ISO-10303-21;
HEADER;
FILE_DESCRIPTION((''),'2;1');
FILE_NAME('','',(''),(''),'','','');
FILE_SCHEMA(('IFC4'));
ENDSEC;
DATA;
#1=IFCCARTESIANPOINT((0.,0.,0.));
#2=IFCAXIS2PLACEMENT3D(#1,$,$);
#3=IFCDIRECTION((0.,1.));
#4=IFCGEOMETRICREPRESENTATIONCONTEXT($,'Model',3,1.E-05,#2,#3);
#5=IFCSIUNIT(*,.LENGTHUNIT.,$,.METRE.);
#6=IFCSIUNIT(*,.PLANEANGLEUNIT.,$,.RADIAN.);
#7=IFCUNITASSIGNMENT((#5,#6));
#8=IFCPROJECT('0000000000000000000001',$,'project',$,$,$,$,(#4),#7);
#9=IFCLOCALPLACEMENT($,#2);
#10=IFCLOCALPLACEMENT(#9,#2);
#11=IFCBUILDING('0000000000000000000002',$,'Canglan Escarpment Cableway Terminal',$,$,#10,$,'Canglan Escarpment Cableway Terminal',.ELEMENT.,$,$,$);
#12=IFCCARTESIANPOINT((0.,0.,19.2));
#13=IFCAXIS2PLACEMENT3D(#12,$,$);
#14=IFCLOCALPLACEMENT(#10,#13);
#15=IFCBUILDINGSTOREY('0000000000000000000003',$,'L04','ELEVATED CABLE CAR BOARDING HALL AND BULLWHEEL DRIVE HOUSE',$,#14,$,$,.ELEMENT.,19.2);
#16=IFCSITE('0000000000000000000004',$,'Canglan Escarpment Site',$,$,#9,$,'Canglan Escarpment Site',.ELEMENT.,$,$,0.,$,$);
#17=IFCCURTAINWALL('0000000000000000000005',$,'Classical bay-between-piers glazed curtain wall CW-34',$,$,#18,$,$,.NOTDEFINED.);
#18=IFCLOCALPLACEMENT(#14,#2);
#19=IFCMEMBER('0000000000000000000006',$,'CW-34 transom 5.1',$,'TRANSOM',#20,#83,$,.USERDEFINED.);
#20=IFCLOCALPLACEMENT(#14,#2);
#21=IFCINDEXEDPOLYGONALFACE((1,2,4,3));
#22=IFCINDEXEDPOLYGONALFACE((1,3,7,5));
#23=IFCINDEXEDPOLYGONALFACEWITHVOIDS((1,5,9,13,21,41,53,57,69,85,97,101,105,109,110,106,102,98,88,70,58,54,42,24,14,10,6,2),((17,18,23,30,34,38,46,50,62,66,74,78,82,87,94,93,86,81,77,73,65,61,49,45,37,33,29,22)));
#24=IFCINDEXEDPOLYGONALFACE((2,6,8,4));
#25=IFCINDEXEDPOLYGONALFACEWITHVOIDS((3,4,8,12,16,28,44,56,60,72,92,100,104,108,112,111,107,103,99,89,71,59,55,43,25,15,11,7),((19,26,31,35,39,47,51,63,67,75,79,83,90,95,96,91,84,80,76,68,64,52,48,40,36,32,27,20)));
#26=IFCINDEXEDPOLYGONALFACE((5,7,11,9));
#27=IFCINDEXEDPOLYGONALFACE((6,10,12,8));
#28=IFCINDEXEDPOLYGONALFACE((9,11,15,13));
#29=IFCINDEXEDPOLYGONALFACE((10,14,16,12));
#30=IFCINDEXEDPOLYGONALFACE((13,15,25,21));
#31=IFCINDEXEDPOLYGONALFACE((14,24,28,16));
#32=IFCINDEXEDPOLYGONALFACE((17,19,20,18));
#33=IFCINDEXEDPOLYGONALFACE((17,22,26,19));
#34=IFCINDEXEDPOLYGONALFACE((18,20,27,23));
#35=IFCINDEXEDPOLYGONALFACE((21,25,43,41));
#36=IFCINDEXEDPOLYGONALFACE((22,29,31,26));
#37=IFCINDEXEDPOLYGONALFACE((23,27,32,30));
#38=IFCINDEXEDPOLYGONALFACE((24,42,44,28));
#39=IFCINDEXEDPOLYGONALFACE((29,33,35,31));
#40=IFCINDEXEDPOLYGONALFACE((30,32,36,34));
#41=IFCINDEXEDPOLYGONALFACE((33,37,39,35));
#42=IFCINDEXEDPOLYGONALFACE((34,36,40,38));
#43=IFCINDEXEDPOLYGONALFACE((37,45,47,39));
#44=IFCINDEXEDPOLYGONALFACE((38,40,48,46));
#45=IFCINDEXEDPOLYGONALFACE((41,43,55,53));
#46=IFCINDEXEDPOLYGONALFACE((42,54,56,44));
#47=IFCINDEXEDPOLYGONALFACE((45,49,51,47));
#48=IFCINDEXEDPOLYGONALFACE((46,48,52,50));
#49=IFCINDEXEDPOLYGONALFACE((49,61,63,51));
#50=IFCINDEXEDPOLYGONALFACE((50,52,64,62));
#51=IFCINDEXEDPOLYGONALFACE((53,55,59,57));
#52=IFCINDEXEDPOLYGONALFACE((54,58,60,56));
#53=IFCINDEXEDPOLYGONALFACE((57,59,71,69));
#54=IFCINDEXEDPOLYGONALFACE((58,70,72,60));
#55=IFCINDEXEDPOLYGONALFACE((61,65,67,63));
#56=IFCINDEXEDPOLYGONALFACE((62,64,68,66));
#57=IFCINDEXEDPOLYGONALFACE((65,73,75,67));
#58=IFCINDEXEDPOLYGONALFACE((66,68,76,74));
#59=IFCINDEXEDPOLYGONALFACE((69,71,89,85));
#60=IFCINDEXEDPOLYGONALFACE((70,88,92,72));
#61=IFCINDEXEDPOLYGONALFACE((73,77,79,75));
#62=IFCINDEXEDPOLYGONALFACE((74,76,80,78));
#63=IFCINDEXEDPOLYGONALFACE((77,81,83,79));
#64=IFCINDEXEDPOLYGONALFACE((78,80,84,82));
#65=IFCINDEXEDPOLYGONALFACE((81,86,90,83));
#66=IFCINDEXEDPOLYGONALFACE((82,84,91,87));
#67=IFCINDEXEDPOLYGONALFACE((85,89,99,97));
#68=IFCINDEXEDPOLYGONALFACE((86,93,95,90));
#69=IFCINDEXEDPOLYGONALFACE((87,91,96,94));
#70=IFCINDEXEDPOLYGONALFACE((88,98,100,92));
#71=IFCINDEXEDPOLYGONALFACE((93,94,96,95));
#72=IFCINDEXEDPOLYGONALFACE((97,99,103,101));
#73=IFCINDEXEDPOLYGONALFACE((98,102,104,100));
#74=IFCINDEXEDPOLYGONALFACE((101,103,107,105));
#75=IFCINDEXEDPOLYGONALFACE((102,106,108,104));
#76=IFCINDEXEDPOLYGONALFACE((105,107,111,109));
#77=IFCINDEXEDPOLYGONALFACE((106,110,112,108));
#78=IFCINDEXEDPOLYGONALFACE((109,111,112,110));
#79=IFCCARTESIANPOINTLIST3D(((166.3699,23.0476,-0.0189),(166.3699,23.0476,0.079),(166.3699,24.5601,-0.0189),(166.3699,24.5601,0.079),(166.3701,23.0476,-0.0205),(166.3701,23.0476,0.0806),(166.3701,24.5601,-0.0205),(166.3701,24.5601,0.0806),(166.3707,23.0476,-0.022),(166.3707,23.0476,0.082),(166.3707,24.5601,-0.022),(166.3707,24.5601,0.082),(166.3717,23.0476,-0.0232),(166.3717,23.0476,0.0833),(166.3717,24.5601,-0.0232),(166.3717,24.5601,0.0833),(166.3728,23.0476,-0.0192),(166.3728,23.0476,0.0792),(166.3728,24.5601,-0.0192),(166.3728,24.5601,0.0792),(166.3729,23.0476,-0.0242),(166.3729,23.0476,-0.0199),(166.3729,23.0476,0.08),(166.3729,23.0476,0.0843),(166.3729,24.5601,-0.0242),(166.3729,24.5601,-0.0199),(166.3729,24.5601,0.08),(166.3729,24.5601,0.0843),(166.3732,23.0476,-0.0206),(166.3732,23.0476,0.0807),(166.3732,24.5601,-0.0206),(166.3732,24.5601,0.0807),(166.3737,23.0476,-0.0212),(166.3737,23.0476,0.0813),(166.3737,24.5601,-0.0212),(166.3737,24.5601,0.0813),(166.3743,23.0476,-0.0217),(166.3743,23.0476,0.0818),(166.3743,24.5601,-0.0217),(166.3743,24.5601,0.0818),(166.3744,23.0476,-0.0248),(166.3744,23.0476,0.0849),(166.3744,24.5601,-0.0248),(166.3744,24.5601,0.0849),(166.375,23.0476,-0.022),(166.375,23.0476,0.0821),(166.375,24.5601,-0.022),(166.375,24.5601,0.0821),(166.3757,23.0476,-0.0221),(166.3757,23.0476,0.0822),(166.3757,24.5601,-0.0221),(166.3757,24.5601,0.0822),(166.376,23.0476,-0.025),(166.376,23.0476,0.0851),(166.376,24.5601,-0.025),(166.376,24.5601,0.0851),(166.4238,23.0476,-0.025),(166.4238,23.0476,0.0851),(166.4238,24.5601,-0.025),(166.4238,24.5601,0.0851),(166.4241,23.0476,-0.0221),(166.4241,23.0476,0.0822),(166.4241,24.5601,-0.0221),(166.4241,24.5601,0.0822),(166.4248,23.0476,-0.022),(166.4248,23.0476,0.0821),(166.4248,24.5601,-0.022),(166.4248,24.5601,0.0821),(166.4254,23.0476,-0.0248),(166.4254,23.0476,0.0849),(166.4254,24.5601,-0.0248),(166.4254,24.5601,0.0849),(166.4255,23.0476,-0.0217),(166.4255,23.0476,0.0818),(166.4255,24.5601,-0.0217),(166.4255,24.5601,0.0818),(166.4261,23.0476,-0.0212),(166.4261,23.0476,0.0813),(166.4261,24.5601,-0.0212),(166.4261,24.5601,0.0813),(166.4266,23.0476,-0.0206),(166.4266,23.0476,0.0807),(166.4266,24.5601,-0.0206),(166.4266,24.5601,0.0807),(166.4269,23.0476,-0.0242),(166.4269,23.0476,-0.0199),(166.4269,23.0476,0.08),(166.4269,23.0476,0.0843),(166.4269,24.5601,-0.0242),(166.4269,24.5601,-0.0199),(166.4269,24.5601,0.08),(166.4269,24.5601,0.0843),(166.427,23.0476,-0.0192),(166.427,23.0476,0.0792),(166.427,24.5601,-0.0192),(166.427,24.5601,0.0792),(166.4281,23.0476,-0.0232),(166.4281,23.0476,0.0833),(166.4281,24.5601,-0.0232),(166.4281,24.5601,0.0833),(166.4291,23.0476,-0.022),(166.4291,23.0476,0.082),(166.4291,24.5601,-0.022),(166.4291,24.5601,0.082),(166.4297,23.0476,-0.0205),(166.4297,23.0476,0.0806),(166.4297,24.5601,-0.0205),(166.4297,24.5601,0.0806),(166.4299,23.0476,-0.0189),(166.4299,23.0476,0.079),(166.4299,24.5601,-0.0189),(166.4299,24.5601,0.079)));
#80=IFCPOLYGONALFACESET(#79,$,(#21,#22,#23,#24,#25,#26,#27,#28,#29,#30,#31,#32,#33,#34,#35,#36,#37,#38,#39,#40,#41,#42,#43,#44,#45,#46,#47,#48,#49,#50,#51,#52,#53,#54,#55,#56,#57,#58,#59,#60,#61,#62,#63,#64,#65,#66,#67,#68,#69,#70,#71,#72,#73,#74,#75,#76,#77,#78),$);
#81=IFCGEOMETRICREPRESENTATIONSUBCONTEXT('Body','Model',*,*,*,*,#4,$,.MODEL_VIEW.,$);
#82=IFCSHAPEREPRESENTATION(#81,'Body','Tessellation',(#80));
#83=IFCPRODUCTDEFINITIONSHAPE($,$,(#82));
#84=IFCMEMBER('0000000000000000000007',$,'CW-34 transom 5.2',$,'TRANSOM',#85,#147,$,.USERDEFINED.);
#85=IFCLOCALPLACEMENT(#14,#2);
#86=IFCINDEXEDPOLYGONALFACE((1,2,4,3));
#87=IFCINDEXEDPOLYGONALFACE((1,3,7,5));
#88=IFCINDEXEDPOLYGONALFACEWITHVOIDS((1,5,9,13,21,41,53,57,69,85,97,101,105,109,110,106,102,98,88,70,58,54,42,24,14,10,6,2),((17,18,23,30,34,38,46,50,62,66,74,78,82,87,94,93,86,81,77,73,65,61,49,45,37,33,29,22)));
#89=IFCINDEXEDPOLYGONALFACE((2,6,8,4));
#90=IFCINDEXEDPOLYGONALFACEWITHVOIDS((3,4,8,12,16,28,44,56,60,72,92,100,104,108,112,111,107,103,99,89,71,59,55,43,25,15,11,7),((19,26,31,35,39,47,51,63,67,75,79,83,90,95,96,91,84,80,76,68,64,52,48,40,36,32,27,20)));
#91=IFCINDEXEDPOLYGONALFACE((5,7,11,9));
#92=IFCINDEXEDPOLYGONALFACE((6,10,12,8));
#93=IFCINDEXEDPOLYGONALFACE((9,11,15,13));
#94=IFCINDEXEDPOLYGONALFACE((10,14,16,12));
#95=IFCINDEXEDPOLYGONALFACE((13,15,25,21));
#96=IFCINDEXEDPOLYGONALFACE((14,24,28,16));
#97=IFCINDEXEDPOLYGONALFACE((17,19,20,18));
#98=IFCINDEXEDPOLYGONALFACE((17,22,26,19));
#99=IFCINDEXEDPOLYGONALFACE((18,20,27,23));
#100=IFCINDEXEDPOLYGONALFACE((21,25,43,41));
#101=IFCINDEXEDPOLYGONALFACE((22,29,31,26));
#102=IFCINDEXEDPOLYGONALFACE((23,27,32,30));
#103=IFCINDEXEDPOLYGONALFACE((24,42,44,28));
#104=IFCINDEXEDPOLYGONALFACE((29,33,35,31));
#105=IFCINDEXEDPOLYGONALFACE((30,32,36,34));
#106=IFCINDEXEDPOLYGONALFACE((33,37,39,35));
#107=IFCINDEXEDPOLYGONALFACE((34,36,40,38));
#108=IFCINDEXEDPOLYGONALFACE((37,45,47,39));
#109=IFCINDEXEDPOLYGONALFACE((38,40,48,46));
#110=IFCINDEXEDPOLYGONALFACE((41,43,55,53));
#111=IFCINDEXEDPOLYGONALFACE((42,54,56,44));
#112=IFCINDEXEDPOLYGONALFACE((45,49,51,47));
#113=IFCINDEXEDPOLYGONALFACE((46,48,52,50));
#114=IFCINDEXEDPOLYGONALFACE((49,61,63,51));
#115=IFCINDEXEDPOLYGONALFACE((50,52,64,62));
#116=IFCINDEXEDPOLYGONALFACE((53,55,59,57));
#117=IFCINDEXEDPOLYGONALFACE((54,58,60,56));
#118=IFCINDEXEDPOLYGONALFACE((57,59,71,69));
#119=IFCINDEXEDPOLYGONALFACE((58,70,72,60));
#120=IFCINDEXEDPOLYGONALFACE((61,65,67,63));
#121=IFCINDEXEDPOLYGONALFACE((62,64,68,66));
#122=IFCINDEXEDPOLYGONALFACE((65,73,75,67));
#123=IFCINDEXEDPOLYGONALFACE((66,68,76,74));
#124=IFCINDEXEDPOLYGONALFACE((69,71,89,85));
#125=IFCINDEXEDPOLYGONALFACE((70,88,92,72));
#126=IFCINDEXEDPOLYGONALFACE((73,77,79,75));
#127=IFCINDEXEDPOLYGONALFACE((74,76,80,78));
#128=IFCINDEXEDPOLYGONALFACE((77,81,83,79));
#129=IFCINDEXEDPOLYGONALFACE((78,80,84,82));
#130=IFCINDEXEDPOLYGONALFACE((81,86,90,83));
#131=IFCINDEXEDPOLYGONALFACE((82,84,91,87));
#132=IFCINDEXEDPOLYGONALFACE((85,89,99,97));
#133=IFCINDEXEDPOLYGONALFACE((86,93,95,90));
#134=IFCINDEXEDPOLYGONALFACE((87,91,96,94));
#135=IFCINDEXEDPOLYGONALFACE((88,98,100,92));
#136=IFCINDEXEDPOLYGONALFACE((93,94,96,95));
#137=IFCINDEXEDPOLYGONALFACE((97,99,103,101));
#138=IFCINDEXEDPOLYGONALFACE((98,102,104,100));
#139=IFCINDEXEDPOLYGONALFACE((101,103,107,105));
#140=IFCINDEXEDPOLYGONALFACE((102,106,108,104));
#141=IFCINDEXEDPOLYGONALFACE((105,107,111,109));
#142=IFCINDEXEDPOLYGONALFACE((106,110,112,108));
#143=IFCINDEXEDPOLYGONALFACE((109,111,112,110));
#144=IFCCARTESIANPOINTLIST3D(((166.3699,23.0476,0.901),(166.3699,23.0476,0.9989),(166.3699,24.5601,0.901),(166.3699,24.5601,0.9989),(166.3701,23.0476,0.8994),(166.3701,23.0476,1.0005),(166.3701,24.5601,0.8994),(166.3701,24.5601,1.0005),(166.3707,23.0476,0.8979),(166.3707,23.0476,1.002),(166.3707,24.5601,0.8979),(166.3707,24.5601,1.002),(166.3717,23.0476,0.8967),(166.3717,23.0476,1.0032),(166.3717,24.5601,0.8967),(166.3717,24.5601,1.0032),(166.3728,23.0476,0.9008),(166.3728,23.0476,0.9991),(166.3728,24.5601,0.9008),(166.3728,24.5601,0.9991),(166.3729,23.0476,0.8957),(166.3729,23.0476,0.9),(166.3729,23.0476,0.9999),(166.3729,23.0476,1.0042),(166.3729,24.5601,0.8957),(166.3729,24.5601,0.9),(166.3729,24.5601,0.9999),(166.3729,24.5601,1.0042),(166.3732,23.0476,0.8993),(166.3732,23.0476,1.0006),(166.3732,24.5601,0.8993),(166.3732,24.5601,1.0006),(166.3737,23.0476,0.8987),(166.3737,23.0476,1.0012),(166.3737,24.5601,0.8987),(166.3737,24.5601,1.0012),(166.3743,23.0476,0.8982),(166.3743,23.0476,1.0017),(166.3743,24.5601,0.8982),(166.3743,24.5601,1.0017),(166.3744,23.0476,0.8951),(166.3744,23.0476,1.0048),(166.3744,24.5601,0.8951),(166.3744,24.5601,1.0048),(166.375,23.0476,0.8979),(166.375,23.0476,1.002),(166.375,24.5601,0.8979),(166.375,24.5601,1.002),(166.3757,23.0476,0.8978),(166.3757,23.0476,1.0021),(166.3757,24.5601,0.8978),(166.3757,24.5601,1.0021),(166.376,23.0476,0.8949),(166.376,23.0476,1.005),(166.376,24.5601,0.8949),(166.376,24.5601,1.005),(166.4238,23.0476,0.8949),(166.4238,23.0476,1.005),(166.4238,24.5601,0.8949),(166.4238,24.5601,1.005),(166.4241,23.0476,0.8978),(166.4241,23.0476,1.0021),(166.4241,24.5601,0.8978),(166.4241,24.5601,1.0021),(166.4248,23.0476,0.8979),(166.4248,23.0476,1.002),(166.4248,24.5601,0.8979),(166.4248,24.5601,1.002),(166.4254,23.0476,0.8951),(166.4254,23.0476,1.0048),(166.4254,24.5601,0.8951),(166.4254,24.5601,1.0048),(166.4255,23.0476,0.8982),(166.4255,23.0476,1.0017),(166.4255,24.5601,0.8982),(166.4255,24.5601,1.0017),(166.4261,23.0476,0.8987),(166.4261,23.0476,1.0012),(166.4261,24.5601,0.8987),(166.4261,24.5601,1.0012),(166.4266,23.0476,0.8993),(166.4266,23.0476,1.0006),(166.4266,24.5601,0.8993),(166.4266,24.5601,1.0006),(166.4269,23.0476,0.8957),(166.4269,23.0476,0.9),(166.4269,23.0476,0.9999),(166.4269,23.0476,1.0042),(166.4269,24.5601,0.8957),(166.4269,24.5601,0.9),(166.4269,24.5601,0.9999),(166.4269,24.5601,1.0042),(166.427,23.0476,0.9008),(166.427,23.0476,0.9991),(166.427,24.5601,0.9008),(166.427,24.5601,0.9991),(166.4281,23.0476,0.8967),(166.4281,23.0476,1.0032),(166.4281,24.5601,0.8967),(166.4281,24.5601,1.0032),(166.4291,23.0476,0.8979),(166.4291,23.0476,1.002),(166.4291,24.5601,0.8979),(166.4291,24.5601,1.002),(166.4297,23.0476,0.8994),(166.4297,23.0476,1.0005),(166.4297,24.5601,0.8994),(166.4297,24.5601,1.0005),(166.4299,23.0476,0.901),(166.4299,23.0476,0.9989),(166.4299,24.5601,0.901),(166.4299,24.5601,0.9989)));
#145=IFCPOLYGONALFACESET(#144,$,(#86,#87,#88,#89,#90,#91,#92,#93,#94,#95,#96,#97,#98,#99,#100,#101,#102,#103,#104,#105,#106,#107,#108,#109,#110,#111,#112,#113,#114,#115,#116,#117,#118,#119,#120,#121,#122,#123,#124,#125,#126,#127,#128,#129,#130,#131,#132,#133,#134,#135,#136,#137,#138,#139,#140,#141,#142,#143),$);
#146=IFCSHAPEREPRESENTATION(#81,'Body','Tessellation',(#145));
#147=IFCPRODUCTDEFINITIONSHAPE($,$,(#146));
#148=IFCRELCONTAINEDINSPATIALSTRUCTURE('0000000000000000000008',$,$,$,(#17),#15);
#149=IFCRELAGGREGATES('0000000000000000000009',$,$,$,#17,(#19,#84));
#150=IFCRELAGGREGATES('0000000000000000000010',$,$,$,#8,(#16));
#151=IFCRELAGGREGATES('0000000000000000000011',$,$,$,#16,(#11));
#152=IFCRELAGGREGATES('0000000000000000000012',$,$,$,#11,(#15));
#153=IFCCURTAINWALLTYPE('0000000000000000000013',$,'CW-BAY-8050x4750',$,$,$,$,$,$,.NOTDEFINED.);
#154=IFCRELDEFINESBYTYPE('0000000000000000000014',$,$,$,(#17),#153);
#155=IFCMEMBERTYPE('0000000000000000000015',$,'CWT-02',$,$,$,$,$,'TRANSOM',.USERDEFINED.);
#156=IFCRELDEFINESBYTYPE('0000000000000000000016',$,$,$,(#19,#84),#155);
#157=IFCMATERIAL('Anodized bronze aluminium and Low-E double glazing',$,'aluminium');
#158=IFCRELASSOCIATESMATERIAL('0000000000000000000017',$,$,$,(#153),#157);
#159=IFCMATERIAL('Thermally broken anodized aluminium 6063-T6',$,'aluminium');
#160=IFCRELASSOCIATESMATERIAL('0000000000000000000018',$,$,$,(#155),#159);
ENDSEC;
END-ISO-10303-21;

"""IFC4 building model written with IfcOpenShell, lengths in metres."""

from ifc_helpers import new_model, si_unit, direction, frame, origin, origin_2d, place, context, subcontext, project, spatial, hollow_rectangle, extrude, material, material_profile, profile_set, type_object, element, aggregate, save


model = new_model("IFC4")

# Units and contexts
model_context = context("Model", 3, precision=1e-05, world=origin(), true_north=direction((0.0, 1.0)))
body_context = subcontext(model_context, "Body", "Model", "MODEL_VIEW")
ifc_project = project(units=[si_unit("LENGTHUNIT", "METRE"), si_unit("PLANEANGLEUNIT", "RADIAN")], contexts=[model_context])

# Site, building, storey
site_placement = place(None, origin())
site = spatial("IfcSite", under=ifc_project, at=site_placement, Name="Canglan Escarpment Site", LongName="Canglan Escarpment Site", CompositionType="ELEMENT", RefElevation=0.0)
building_placement = place(site_placement, origin())
building = spatial("IfcBuilding", under=site, at=building_placement, Name="Canglan Escarpment Cableway Terminal", LongName="Canglan Escarpment Cableway Terminal", CompositionType="ELEMENT")
storey_placement = place(building_placement, frame((0.0, 0.0, 19.2)))
storey = spatial("IfcBuildingStorey", under=building, at=storey_placement, Name="L04", Description="ELEVATED CABLE CAR BOARDING HALL AND BULLWHEEL DRIVE HOUSE", CompositionType="ELEMENT", Elevation=19.2)

# Curtain wall
ifc_material_1 = material(Name="Anodized bronze aluminium and Low-E double glazing", Category="aluminium")
curtain_wall_type_1 = type_object("IfcCurtainWallType", Name="CW-BAY-8050x4750", PredefinedType="NOTDEFINED", material=ifc_material_1)
curtain_wall_1_placement = place(storey_placement, origin())
curtain_wall_1 = element("IfcCurtainWall", 1, at=curtain_wall_1_placement, inside=storey, type_object=curtain_wall_type_1, Name="Classical bay-between-piers glazed curtain wall CW-34", PredefinedType="NOTDEFINED")
ifc_material_2 = material(Name="Thermally broken anodized aluminium 6063-T6", Category="aluminium")

# Members
ifc_material_profile_1 = material_profile(ifc_material_2, hollow_rectangle(XDim=0.0601, YDim=0.1101, WallThickness=0.0029, InnerFilletRadius=0.0029, OuterFilletRadius=0.0061, at=origin_2d()), Name="ALU-TRAN 60x110x3")
ifc_profile_set_1 = profile_set([ifc_material_profile_1], Name="Thermally broken anodized aluminium 6063-T6")
member_type_1 = type_object("IfcMemberType", Name="CWT-02", ElementType="TRANSOM", PredefinedType="USERDEFINED", material=ifc_profile_set_1)
member_1_placement = place(storey_placement, frame((166.3999, 23.0476, 0.03), z_axis=(0.0, 1.0, 0.0), x_axis=(-1.0, 0.0, 0.0)))
member_1 = element("IfcMember", 2, at=member_1_placement, type_object=member_type_1, Name="CW-34 transom 5.1", ObjectType="TRANSOM", PredefinedType="USERDEFINED", context=body_context, shape_type="SweptSolid", body=[
    extrude(hollow_rectangle(XDim=0.0601, YDim=0.1101, WallThickness=0.0029, InnerFilletRadius=0.0029, OuterFilletRadius=0.0061, at=origin_2d()), origin(), (0.0, 0.0, 1.0), 1.5125),
])
member_2_placement = place(storey_placement, frame((166.3999, 23.0476, 0.95), z_axis=(0.0, 1.0, 0.0), x_axis=(-1.0, 0.0, 0.0)))
member_2 = element("IfcMember", 3, at=member_2_placement, type_object=member_type_1, Name="CW-34 transom 5.2", ObjectType="TRANSOM", PredefinedType="USERDEFINED", context=body_context, shape_type="SweptSolid", body=[
    extrude(hollow_rectangle(XDim=0.0601, YDim=0.1101, WallThickness=0.0029, InnerFilletRadius=0.0029, OuterFilletRadius=0.0061, at=origin_2d()), origin(), (0.0, 0.0, 1.0), 1.5125),
])

aggregate(curtain_wall_1, [member_1, member_2])

save(model, "model.ifc")
